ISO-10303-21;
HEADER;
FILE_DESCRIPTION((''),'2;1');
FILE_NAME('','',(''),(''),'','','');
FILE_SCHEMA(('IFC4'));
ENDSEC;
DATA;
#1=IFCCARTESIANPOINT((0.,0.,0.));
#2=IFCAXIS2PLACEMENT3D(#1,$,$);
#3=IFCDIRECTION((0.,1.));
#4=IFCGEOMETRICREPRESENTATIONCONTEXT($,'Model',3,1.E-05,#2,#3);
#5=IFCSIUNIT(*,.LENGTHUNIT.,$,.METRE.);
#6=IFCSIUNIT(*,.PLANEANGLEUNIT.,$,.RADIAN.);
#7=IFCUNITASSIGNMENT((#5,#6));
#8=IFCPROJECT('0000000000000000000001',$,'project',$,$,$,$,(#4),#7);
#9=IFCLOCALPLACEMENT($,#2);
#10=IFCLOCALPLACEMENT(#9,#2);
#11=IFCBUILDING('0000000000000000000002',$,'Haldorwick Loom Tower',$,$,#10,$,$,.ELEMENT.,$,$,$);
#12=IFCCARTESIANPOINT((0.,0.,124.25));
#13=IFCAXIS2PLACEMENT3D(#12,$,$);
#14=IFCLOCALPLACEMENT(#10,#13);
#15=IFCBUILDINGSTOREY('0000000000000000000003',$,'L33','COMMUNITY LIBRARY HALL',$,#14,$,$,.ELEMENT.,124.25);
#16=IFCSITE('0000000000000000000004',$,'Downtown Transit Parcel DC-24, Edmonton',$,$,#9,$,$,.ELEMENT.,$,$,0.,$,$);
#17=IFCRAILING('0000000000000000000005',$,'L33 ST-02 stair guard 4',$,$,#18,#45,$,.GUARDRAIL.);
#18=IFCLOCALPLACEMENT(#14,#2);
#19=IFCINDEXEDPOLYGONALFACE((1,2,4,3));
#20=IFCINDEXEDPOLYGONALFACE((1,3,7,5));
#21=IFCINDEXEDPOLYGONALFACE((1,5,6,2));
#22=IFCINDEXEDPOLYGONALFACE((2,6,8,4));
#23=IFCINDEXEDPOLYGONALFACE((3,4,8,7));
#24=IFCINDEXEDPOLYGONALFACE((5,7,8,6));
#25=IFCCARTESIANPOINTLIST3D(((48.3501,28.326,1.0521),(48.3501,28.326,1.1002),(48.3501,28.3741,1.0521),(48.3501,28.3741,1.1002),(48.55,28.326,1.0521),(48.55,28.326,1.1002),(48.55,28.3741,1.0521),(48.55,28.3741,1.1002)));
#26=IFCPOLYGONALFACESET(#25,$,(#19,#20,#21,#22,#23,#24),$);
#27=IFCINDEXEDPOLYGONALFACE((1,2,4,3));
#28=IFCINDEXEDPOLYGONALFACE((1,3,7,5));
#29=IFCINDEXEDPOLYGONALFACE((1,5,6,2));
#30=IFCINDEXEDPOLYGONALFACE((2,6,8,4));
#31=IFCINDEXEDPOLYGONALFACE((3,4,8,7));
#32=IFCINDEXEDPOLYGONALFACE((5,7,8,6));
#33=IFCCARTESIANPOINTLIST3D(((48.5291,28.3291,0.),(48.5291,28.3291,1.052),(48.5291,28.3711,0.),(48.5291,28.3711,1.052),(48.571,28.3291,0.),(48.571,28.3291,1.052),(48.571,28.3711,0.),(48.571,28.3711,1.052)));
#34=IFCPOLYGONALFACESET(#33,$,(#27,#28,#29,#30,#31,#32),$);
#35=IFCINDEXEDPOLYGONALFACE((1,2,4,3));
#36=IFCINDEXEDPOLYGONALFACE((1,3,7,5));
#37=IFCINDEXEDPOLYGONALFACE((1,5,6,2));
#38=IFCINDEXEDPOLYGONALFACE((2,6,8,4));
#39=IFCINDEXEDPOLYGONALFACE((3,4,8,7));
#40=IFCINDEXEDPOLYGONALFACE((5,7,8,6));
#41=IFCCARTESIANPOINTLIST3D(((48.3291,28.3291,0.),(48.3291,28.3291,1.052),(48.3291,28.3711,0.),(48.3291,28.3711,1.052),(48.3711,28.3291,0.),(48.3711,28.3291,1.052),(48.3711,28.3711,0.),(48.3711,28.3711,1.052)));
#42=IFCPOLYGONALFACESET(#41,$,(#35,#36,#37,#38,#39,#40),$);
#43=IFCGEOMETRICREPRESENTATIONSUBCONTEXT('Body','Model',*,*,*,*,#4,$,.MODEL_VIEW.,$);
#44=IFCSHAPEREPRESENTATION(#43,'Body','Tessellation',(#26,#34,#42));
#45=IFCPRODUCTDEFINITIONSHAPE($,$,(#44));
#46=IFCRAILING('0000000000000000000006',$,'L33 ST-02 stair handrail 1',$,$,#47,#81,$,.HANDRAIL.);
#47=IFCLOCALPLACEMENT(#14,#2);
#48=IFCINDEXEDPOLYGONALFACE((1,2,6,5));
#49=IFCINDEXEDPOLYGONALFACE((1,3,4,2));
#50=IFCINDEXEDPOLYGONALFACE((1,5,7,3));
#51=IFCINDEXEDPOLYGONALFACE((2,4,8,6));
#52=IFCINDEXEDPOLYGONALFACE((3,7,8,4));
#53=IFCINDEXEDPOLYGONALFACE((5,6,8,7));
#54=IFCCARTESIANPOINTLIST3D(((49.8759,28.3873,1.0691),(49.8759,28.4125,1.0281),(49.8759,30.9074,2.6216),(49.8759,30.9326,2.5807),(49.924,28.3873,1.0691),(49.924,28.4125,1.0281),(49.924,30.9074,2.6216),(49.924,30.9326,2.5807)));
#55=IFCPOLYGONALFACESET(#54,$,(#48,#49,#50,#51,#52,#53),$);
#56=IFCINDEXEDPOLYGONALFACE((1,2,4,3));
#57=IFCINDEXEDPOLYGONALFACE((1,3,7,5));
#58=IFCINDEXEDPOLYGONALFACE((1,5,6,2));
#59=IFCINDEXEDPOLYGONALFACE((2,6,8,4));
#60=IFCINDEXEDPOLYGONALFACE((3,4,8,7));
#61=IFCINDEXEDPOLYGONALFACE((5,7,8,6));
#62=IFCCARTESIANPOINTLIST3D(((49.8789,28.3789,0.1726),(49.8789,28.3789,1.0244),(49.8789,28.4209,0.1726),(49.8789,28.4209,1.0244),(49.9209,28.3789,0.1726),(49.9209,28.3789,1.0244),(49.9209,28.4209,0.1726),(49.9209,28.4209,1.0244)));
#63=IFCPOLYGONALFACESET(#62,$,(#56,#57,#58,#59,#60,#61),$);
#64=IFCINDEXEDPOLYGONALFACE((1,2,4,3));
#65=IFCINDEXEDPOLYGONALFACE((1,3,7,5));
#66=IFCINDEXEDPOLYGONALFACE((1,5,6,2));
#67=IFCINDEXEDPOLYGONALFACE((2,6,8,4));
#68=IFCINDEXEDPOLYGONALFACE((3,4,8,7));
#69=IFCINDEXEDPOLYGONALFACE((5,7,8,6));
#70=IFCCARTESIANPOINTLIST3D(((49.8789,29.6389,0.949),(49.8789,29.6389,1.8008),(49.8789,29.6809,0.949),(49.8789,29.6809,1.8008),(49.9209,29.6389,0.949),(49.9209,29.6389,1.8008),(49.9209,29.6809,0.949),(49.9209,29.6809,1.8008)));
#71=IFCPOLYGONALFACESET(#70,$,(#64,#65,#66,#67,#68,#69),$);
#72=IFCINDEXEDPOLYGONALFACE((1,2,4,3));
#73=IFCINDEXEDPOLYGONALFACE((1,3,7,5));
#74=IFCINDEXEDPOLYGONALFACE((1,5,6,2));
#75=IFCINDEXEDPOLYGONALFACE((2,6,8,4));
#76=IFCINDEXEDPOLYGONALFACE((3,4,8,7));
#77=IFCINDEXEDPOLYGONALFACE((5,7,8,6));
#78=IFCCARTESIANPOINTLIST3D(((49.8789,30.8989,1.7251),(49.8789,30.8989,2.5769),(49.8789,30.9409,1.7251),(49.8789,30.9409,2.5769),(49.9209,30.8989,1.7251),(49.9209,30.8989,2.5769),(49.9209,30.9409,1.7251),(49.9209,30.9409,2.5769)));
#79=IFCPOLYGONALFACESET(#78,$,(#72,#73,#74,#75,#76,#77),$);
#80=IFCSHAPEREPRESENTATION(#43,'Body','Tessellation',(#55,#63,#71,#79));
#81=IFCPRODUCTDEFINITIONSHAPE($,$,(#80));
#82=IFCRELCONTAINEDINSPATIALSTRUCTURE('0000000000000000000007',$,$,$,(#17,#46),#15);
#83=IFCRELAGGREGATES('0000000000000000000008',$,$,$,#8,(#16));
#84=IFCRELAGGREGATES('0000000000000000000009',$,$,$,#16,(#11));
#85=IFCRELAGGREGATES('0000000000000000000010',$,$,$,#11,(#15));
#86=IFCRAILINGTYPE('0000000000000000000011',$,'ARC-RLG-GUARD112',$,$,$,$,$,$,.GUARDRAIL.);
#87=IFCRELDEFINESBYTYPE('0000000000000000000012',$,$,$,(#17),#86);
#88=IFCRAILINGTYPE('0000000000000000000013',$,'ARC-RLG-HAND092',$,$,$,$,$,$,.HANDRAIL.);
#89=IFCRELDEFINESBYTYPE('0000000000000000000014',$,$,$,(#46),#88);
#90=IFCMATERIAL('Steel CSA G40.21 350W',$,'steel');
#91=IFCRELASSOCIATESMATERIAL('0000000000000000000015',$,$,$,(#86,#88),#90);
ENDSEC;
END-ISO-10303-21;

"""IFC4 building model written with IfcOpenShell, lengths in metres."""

from ifc_helpers import new_model, si_unit, direction, frame, origin, origin_2d, place, context, subcontext, project, spatial, rectangle, extrude, material, type_object, element, save


model = new_model("IFC4")

# Units and contexts
model_context = context("Model", 3, precision=1e-05, world=origin(), true_north=direction((0.0, 1.0)))
body_context = subcontext(model_context, "Body", "Model", "MODEL_VIEW")
ifc_project = project(units=[si_unit("LENGTHUNIT", "METRE"), si_unit("PLANEANGLEUNIT", "RADIAN")], contexts=[model_context])

# Site, building, storey
site_placement = place(None, origin())
site = spatial("IfcSite", under=ifc_project, at=site_placement, Name="Downtown Transit Parcel DC-24, Edmonton", CompositionType="ELEMENT", RefElevation=0.0)
building_placement = place(site_placement, origin())
building = spatial("IfcBuilding", under=site, at=building_placement, Name="Haldorwick Loom Tower", CompositionType="ELEMENT")
storey_placement = place(building_placement, frame((0.0, 0.0, 124.25)))
storey = spatial("IfcBuildingStorey", under=building, at=storey_placement, Name="L33", Description="COMMUNITY LIBRARY HALL", CompositionType="ELEMENT", Elevation=124.25)

# Shared definitions
ifc_material_1 = material(Name="Steel CSA G40.21 350W", Category="steel")

# Railings
railing_type_1 = type_object("IfcRailingType", Name="ARC-RLG-GUARD112", PredefinedType="GUARDRAIL", material=ifc_material_1)
railing_1_placement = place(storey_placement, frame((48.55, 28.3501, 0.0)))
element("IfcRailing", 1, at=railing_1_placement, inside=storey, type_object=railing_type_1, Name="L33 ST-02 stair guard 4", PredefinedType="GUARDRAIL", context=body_context, shape_type="SweptSolid", body=[
    extrude(rectangle(XDim=0.0481, YDim=0.0481, at=origin_2d()), frame((0.0, 0.0, 1.0762), z_axis=(-1.0, 0.0, 0.0), x_axis=(0.0, -1.0, 0.0)), (0.0, 0.0, 1.0), 0.2),
    extrude(rectangle(XDim=0.042, YDim=0.042, at=origin_2d()), origin(), (0.0, 0.0, 1.0), 1.052),
    extrude(rectangle(XDim=0.042, YDim=0.042, at=origin_2d()), frame((-0.2, 0.0, 0.0)), (0.0, 0.0, 1.0), 1.052),
])
railing_type_2 = type_object("IfcRailingType", Name="ARC-RLG-HAND092", PredefinedType="HANDRAIL", material=ifc_material_1)
railing_2_placement = place(storey_placement, frame((49.8999, 28.3999, 0.1726)))
element("IfcRailing", 2, at=railing_2_placement, inside=storey, type_object=railing_type_2, Name="L33 ST-02 stair handrail 1", PredefinedType="HANDRAIL", context=body_context, shape_type="SweptSolid", body=[
    extrude(rectangle(XDim=0.0481, YDim=0.0481, at=origin_2d()), frame((0.0, 0.0, 0.876), z_axis=(0.0, 0.8514, 0.524516), x_axis=(-1.0, 0.0, 0.0)), (0.0, 0.0, 1.0), 2.96),
    extrude(rectangle(XDim=0.042, YDim=0.042, at=origin_2d()), origin(), (0.0, 0.0, 1.0), 0.8518),
    extrude(rectangle(XDim=0.042, YDim=0.042, at=origin_2d()), frame((0.0, 1.26, 0.7764)), (0.0, 0.0, 1.0), 0.8518),
    extrude(rectangle(XDim=0.042, YDim=0.042, at=origin_2d()), frame((0.0, 2.52, 1.5525)), (0.0, 0.0, 1.0), 0.8518),
])

save(model, "model.ifc")
